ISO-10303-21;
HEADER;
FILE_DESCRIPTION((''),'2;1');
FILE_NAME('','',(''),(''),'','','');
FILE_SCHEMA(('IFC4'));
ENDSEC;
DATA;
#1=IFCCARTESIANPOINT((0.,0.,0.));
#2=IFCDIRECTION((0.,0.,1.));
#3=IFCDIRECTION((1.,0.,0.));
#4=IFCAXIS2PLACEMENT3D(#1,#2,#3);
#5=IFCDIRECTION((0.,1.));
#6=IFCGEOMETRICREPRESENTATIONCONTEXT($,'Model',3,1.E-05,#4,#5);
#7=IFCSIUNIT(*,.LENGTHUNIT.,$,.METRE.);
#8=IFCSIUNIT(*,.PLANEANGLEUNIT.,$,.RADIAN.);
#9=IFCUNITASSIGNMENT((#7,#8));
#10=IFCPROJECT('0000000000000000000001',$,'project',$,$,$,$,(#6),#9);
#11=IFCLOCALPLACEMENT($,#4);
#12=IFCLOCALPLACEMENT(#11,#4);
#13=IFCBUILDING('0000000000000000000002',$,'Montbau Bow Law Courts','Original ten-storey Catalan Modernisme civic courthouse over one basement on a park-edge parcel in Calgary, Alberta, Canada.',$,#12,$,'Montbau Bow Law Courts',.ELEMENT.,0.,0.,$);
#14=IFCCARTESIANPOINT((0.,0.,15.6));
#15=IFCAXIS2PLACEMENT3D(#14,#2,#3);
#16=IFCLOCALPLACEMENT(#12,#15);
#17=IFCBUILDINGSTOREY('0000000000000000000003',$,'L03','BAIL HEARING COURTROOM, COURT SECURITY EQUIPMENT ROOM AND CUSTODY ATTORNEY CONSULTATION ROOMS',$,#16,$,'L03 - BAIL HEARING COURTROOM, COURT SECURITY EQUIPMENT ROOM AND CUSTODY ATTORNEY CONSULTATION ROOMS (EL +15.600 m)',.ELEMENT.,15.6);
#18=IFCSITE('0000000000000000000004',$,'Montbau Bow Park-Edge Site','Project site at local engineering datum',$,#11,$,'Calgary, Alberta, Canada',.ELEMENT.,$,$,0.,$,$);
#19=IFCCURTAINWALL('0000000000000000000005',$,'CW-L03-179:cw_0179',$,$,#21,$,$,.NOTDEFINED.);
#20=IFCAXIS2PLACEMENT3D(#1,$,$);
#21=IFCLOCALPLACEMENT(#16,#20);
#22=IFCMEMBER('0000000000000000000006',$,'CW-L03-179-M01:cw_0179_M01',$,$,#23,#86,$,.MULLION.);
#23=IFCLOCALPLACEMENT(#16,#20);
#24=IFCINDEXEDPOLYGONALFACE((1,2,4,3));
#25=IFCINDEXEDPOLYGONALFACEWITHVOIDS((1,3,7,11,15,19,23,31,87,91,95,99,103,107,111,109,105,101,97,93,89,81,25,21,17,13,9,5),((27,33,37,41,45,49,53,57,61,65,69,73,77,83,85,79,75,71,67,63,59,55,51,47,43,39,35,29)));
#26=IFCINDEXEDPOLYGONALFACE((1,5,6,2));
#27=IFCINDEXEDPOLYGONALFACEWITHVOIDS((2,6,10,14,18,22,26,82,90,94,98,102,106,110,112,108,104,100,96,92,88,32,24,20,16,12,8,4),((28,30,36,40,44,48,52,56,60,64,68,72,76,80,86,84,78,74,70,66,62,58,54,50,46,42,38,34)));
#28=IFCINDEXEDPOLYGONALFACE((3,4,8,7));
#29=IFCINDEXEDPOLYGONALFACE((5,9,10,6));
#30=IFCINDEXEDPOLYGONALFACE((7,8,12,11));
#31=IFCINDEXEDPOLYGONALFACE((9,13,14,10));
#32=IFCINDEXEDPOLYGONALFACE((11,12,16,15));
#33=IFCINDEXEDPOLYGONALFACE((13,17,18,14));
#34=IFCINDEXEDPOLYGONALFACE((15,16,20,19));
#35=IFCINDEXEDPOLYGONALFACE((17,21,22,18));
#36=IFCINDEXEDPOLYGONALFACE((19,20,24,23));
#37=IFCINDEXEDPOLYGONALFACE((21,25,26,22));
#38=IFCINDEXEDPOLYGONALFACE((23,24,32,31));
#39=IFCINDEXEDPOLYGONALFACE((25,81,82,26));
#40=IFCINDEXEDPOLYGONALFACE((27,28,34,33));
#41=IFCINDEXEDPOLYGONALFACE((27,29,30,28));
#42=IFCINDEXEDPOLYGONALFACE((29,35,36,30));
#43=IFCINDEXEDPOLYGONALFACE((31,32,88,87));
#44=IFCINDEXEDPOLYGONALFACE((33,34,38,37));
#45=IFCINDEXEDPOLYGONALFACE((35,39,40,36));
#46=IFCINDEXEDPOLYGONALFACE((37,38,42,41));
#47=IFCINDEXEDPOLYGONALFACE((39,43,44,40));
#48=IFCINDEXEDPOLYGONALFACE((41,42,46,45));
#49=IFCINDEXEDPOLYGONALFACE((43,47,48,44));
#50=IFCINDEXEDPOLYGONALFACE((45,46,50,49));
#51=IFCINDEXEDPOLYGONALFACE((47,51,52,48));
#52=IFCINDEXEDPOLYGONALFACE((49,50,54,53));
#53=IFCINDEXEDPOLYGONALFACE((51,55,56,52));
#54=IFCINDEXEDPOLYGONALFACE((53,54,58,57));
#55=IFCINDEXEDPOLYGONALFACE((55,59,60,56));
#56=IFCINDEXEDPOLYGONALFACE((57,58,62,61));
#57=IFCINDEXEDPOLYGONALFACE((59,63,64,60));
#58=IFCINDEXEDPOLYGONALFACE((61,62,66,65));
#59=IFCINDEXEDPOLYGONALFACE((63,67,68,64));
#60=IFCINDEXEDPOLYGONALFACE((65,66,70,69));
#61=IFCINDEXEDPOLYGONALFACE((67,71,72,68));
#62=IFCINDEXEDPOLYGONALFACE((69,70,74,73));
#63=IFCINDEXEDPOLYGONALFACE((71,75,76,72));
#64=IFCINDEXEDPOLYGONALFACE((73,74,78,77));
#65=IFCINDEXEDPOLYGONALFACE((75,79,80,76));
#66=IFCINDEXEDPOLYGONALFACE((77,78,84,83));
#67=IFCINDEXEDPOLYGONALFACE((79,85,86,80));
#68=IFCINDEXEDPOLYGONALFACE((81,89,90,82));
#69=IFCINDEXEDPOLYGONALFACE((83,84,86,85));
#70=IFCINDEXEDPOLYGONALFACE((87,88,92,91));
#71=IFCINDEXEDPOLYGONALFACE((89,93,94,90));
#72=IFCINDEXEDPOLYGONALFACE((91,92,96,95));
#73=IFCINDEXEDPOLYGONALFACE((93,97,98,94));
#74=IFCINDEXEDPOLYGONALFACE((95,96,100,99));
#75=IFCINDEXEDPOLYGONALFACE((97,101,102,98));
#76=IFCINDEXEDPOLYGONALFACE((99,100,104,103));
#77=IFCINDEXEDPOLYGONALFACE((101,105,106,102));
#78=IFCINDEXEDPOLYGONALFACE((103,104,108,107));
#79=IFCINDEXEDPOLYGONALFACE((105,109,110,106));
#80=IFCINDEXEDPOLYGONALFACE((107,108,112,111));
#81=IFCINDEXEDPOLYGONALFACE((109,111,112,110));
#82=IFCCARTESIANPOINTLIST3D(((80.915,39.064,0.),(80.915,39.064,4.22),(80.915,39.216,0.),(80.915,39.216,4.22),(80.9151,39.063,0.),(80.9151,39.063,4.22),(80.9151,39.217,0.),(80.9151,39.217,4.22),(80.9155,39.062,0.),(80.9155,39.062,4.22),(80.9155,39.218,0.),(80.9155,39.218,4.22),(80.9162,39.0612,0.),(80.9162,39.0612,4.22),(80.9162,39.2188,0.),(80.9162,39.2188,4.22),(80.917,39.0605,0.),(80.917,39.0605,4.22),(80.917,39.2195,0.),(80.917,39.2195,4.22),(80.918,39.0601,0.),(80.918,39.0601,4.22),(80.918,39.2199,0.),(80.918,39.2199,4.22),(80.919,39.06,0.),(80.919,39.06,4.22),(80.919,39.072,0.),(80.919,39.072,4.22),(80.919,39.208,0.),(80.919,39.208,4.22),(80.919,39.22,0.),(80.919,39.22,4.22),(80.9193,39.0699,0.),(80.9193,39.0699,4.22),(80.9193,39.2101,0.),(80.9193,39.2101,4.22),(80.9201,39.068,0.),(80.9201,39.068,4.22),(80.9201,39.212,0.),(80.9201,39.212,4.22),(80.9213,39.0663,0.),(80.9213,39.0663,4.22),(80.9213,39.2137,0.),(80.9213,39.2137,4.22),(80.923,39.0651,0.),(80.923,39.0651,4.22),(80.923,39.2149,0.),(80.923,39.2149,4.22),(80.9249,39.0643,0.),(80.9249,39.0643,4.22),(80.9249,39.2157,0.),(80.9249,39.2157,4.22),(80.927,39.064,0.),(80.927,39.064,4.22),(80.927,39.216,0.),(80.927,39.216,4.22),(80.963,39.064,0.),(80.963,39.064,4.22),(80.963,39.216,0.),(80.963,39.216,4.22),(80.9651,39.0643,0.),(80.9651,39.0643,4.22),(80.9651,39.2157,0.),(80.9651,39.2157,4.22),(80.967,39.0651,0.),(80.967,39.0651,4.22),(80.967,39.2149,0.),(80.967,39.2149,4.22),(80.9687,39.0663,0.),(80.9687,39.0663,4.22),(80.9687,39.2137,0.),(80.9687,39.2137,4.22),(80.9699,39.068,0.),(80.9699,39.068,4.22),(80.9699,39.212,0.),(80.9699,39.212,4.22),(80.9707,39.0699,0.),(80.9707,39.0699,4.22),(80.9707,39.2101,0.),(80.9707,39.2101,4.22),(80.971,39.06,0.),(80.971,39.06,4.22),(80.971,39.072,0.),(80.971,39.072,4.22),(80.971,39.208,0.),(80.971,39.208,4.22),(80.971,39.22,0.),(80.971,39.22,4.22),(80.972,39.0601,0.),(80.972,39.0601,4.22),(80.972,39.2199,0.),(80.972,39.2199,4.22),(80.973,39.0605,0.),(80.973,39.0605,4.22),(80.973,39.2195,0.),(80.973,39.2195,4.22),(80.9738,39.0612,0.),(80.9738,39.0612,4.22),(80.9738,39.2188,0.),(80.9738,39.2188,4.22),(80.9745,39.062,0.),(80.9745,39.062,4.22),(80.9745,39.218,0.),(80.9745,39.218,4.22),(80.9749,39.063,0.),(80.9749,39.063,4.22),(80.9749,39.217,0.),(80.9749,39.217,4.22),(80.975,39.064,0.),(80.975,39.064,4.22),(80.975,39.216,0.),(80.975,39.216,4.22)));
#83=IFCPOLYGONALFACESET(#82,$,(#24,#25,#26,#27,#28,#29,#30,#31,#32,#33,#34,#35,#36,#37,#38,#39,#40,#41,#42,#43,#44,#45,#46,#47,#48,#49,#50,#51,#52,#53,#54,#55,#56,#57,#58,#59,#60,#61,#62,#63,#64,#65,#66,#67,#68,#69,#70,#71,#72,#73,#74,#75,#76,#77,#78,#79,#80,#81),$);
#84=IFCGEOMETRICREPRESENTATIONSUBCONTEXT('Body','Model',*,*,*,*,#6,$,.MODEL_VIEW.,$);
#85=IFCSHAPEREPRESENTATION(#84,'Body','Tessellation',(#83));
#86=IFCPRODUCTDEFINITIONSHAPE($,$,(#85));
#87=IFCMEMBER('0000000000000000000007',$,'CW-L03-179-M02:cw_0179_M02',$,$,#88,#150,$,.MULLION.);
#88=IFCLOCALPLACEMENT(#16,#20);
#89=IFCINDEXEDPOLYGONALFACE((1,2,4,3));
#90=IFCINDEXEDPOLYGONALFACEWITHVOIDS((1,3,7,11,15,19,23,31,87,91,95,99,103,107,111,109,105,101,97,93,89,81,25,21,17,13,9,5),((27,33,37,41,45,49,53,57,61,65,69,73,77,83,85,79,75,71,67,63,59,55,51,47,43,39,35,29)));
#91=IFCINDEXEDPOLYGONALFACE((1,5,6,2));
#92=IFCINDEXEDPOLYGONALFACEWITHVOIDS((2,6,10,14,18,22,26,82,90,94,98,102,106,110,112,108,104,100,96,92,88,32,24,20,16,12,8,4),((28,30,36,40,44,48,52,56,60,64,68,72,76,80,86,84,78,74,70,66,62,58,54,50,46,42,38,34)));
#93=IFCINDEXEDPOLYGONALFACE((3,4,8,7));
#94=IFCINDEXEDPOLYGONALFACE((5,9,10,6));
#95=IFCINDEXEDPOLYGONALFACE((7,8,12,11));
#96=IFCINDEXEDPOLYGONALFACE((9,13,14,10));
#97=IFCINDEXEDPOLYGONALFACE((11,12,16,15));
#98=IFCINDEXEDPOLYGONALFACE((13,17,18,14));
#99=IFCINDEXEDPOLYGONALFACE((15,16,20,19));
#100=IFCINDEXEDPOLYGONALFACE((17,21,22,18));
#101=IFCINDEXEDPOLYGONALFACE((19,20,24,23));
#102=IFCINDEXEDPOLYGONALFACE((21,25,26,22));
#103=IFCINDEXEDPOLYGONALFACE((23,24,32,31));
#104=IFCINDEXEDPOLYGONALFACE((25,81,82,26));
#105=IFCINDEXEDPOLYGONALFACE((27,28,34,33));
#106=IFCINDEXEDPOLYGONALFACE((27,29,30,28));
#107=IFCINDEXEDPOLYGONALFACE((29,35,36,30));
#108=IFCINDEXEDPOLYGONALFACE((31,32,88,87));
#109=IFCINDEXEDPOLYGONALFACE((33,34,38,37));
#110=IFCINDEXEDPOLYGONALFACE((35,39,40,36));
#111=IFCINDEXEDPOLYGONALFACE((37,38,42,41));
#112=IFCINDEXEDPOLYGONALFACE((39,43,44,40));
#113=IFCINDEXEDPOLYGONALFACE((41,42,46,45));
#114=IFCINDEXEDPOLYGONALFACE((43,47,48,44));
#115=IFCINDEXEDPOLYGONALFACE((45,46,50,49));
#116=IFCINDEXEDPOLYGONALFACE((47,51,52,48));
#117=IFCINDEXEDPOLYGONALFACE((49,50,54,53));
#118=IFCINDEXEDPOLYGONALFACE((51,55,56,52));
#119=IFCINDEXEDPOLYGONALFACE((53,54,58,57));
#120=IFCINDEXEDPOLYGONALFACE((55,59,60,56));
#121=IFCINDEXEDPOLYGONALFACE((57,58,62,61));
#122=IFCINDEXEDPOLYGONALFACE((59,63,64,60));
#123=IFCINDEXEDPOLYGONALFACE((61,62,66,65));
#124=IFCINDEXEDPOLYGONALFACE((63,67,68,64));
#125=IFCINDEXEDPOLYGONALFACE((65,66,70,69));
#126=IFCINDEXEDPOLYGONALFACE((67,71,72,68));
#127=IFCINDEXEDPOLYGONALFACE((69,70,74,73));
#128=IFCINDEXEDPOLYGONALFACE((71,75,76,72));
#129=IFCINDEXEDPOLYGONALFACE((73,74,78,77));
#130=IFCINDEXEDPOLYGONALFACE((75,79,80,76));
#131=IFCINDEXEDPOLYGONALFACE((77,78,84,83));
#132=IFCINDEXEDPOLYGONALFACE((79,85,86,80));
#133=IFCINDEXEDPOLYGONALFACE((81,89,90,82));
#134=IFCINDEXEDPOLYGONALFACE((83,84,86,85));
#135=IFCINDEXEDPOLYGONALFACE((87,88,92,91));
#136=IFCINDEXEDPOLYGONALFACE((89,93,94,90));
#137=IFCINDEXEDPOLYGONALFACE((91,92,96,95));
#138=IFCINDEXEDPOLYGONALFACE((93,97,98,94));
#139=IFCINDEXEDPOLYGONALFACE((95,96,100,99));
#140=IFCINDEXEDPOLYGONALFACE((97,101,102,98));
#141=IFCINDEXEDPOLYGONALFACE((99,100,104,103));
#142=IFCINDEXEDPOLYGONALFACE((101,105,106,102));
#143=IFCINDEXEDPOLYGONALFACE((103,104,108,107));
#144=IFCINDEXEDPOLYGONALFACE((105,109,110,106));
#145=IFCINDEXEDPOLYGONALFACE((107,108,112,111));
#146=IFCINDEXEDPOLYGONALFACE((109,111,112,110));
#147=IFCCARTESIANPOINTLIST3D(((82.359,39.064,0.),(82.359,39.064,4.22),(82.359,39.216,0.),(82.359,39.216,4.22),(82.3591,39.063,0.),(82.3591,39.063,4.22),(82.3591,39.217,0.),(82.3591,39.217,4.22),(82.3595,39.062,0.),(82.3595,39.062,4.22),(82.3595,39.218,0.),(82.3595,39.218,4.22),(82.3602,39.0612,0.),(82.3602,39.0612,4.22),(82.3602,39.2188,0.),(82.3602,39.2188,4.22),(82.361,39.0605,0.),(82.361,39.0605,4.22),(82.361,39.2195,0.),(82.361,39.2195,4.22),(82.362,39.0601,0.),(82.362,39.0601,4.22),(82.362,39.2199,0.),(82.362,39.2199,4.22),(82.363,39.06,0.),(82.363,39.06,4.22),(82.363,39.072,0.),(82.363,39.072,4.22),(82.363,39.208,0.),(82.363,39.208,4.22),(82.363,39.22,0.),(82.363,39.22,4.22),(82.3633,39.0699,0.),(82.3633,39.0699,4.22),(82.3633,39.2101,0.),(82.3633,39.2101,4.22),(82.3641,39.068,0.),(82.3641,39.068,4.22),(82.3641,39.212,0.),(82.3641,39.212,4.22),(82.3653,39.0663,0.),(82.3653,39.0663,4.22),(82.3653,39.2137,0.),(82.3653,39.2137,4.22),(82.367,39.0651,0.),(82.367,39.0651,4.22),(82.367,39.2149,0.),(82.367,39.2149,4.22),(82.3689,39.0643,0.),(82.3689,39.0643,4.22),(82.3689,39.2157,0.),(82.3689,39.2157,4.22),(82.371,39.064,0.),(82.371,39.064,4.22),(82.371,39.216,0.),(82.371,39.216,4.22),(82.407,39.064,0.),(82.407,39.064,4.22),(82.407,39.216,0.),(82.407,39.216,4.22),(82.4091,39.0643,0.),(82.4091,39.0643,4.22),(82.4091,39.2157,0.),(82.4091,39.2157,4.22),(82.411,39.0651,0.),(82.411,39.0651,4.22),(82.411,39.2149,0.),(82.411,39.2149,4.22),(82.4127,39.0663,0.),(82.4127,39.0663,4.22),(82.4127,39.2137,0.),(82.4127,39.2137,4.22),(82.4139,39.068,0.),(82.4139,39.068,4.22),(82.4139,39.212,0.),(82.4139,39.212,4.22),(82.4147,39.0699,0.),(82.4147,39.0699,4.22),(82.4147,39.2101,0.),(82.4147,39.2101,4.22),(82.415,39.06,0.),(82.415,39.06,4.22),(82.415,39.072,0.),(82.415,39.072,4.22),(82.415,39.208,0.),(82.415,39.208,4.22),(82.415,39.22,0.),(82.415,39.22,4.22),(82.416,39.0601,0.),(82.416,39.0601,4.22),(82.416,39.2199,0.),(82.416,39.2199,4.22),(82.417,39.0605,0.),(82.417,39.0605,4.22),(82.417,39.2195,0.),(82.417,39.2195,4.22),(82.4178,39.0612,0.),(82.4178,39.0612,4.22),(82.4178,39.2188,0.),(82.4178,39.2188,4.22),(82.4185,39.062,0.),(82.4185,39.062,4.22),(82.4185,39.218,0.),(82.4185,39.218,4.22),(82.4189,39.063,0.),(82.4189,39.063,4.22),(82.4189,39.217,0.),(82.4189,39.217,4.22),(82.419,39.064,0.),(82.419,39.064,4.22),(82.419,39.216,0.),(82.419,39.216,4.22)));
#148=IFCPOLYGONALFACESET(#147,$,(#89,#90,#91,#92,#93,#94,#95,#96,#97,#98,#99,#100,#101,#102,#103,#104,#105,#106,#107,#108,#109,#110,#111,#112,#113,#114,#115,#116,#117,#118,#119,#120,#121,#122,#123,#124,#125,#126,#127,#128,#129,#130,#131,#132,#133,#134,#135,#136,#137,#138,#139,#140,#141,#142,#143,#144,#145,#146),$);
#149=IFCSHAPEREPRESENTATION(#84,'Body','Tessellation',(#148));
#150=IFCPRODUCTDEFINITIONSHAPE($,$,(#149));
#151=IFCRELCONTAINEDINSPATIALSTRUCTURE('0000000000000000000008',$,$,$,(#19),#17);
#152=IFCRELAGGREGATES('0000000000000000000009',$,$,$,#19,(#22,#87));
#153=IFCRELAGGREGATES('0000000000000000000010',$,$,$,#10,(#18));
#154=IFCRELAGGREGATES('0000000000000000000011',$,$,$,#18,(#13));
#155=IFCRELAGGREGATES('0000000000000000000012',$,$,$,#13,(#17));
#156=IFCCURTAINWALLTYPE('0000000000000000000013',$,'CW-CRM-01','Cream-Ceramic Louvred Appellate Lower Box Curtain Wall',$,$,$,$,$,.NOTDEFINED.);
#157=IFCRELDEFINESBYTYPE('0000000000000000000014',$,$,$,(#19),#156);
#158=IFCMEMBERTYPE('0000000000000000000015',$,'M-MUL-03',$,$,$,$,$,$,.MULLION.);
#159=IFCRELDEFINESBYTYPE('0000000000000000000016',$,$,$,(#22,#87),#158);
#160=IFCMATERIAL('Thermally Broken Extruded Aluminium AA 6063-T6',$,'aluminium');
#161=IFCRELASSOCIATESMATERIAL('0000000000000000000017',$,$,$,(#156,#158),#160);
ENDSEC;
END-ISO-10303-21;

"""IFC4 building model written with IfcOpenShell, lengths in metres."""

from ifc_helpers import new_model, si_unit, direction, frame, origin_with_axes, origin_2d_with_axis, place, context, subcontext, project, spatial, hollow_rectangle, extrude, material, material_profile, profile_set, type_object, element, aggregate, save


model = new_model("IFC4")

# Units and contexts
model_context = context("Model", 3, precision=1e-05, world=origin_with_axes(), true_north=direction((0.0, 1.0)))
body_context = subcontext(model_context, "Body", "Model", "MODEL_VIEW")
ifc_project = project(units=[si_unit("LENGTHUNIT", "METRE"), si_unit("PLANEANGLEUNIT", "RADIAN")], contexts=[model_context])

# Site, building, storey
site_placement = place(None, origin_with_axes())
site = spatial("IfcSite", under=ifc_project, at=site_placement, Name="Montbau Bow Park-Edge Site", Description="Project site at local engineering datum", LongName="Calgary, Alberta, Canada", CompositionType="ELEMENT", RefElevation=0.0)
building_placement = place(site_placement, origin_with_axes())
building = spatial("IfcBuilding", under=site, at=building_placement, Name="Montbau Bow Law Courts", Description="Original ten-storey Catalan Modernisme civic courthouse over one basement on a park-edge parcel in Calgary, Alberta, Canada.", LongName="Montbau Bow Law Courts", CompositionType="ELEMENT", ElevationOfRefHeight=0.0, ElevationOfTerrain=0.0)
storey_placement = place(building_placement, frame((0.0, 0.0, 15.6), z_axis=(0.0, 0.0, 1.0), x_axis=(1.0, 0.0, 0.0)))
storey = spatial("IfcBuildingStorey", under=building, at=storey_placement, Name="L03", Description="BAIL HEARING COURTROOM, COURT SECURITY EQUIPMENT ROOM AND CUSTODY ATTORNEY CONSULTATION ROOMS", LongName="L03 - BAIL HEARING COURTROOM, COURT SECURITY EQUIPMENT ROOM AND CUSTODY ATTORNEY CONSULTATION ROOMS (EL +15.600 m)", CompositionType="ELEMENT", Elevation=15.6)

# Curtain wall, members
ifc_material_1 = material(Name="Thermally Broken Extruded Aluminium AA 6063-T6", Category="aluminium")
curtain_wall_type = type_object("IfcCurtainWallType", Name="CW-CRM-01", Description="Cream-Ceramic Louvred Appellate Lower Box Curtain Wall", PredefinedType="NOTDEFINED", material=ifc_material_1)
curtain_wall_1_placement = place(None, frame((80.915, 39.14, 15.6), z_axis=(0.0, 0.0, 1.0), x_axis=(1.0, 0.0, 0.0)))
curtain_wall_1 = element("IfcCurtainWall", 1, at=curtain_wall_1_placement, inside=storey, type_object=curtain_wall_type, Name="CW-L03-179:cw_0179", PredefinedType="NOTDEFINED")
ifc_material_profile_1 = material_profile(ifc_material_1, hollow_rectangle(XDim=0.06, YDim=0.16, WallThickness=0.004, InnerFilletRadius=0.008, OuterFilletRadius=0.004, at=origin_2d_with_axis()), Name="CWM-160X60", Category="Main", Priority=0)
ifc_profile_set_1 = profile_set([ifc_material_profile_1], Name="Thermally Broken Extruded Aluminium AA 6063-T6")
member_type_1 = type_object("IfcMemberType", Name="M-MUL-03", PredefinedType="MULLION", material=ifc_profile_set_1)
member_1_placement = place(None, frame((80.945, 39.14, 15.6), z_axis=(0.0, 0.0, 1.0), x_axis=(1.0, 0.0, 0.0)))
member_1 = element("IfcMember", 2, at=member_1_placement, type_object=member_type_1, Name="CW-L03-179-M01:cw_0179_M01", PredefinedType="MULLION", context=body_context, shape_type="SweptSolid", body=[
    extrude(hollow_rectangle(XDim=0.06, YDim=0.16, WallThickness=0.004, InnerFilletRadius=0.008, OuterFilletRadius=0.004, at=origin_2d_with_axis()), origin_with_axes(), (0.0, 0.0, 1.0), 4.22),
])
member_2_placement = place(None, frame((82.389, 39.14, 15.6), z_axis=(0.0, 0.0, 1.0), x_axis=(1.0, 0.0, 0.0)))
member_2 = element("IfcMember", 3, at=member_2_placement, type_object=member_type_1, Name="CW-L03-179-M02:cw_0179_M02", PredefinedType="MULLION", context=body_context, shape_type="SweptSolid", body=[
    extrude(hollow_rectangle(XDim=0.06, YDim=0.16, WallThickness=0.004, InnerFilletRadius=0.008, OuterFilletRadius=0.004, at=origin_2d_with_axis()), origin_with_axes(), (0.0, 0.0, 1.0), 4.22),
])

aggregate(curtain_wall_1, [member_1, member_2])

save(model, "model.ifc")
